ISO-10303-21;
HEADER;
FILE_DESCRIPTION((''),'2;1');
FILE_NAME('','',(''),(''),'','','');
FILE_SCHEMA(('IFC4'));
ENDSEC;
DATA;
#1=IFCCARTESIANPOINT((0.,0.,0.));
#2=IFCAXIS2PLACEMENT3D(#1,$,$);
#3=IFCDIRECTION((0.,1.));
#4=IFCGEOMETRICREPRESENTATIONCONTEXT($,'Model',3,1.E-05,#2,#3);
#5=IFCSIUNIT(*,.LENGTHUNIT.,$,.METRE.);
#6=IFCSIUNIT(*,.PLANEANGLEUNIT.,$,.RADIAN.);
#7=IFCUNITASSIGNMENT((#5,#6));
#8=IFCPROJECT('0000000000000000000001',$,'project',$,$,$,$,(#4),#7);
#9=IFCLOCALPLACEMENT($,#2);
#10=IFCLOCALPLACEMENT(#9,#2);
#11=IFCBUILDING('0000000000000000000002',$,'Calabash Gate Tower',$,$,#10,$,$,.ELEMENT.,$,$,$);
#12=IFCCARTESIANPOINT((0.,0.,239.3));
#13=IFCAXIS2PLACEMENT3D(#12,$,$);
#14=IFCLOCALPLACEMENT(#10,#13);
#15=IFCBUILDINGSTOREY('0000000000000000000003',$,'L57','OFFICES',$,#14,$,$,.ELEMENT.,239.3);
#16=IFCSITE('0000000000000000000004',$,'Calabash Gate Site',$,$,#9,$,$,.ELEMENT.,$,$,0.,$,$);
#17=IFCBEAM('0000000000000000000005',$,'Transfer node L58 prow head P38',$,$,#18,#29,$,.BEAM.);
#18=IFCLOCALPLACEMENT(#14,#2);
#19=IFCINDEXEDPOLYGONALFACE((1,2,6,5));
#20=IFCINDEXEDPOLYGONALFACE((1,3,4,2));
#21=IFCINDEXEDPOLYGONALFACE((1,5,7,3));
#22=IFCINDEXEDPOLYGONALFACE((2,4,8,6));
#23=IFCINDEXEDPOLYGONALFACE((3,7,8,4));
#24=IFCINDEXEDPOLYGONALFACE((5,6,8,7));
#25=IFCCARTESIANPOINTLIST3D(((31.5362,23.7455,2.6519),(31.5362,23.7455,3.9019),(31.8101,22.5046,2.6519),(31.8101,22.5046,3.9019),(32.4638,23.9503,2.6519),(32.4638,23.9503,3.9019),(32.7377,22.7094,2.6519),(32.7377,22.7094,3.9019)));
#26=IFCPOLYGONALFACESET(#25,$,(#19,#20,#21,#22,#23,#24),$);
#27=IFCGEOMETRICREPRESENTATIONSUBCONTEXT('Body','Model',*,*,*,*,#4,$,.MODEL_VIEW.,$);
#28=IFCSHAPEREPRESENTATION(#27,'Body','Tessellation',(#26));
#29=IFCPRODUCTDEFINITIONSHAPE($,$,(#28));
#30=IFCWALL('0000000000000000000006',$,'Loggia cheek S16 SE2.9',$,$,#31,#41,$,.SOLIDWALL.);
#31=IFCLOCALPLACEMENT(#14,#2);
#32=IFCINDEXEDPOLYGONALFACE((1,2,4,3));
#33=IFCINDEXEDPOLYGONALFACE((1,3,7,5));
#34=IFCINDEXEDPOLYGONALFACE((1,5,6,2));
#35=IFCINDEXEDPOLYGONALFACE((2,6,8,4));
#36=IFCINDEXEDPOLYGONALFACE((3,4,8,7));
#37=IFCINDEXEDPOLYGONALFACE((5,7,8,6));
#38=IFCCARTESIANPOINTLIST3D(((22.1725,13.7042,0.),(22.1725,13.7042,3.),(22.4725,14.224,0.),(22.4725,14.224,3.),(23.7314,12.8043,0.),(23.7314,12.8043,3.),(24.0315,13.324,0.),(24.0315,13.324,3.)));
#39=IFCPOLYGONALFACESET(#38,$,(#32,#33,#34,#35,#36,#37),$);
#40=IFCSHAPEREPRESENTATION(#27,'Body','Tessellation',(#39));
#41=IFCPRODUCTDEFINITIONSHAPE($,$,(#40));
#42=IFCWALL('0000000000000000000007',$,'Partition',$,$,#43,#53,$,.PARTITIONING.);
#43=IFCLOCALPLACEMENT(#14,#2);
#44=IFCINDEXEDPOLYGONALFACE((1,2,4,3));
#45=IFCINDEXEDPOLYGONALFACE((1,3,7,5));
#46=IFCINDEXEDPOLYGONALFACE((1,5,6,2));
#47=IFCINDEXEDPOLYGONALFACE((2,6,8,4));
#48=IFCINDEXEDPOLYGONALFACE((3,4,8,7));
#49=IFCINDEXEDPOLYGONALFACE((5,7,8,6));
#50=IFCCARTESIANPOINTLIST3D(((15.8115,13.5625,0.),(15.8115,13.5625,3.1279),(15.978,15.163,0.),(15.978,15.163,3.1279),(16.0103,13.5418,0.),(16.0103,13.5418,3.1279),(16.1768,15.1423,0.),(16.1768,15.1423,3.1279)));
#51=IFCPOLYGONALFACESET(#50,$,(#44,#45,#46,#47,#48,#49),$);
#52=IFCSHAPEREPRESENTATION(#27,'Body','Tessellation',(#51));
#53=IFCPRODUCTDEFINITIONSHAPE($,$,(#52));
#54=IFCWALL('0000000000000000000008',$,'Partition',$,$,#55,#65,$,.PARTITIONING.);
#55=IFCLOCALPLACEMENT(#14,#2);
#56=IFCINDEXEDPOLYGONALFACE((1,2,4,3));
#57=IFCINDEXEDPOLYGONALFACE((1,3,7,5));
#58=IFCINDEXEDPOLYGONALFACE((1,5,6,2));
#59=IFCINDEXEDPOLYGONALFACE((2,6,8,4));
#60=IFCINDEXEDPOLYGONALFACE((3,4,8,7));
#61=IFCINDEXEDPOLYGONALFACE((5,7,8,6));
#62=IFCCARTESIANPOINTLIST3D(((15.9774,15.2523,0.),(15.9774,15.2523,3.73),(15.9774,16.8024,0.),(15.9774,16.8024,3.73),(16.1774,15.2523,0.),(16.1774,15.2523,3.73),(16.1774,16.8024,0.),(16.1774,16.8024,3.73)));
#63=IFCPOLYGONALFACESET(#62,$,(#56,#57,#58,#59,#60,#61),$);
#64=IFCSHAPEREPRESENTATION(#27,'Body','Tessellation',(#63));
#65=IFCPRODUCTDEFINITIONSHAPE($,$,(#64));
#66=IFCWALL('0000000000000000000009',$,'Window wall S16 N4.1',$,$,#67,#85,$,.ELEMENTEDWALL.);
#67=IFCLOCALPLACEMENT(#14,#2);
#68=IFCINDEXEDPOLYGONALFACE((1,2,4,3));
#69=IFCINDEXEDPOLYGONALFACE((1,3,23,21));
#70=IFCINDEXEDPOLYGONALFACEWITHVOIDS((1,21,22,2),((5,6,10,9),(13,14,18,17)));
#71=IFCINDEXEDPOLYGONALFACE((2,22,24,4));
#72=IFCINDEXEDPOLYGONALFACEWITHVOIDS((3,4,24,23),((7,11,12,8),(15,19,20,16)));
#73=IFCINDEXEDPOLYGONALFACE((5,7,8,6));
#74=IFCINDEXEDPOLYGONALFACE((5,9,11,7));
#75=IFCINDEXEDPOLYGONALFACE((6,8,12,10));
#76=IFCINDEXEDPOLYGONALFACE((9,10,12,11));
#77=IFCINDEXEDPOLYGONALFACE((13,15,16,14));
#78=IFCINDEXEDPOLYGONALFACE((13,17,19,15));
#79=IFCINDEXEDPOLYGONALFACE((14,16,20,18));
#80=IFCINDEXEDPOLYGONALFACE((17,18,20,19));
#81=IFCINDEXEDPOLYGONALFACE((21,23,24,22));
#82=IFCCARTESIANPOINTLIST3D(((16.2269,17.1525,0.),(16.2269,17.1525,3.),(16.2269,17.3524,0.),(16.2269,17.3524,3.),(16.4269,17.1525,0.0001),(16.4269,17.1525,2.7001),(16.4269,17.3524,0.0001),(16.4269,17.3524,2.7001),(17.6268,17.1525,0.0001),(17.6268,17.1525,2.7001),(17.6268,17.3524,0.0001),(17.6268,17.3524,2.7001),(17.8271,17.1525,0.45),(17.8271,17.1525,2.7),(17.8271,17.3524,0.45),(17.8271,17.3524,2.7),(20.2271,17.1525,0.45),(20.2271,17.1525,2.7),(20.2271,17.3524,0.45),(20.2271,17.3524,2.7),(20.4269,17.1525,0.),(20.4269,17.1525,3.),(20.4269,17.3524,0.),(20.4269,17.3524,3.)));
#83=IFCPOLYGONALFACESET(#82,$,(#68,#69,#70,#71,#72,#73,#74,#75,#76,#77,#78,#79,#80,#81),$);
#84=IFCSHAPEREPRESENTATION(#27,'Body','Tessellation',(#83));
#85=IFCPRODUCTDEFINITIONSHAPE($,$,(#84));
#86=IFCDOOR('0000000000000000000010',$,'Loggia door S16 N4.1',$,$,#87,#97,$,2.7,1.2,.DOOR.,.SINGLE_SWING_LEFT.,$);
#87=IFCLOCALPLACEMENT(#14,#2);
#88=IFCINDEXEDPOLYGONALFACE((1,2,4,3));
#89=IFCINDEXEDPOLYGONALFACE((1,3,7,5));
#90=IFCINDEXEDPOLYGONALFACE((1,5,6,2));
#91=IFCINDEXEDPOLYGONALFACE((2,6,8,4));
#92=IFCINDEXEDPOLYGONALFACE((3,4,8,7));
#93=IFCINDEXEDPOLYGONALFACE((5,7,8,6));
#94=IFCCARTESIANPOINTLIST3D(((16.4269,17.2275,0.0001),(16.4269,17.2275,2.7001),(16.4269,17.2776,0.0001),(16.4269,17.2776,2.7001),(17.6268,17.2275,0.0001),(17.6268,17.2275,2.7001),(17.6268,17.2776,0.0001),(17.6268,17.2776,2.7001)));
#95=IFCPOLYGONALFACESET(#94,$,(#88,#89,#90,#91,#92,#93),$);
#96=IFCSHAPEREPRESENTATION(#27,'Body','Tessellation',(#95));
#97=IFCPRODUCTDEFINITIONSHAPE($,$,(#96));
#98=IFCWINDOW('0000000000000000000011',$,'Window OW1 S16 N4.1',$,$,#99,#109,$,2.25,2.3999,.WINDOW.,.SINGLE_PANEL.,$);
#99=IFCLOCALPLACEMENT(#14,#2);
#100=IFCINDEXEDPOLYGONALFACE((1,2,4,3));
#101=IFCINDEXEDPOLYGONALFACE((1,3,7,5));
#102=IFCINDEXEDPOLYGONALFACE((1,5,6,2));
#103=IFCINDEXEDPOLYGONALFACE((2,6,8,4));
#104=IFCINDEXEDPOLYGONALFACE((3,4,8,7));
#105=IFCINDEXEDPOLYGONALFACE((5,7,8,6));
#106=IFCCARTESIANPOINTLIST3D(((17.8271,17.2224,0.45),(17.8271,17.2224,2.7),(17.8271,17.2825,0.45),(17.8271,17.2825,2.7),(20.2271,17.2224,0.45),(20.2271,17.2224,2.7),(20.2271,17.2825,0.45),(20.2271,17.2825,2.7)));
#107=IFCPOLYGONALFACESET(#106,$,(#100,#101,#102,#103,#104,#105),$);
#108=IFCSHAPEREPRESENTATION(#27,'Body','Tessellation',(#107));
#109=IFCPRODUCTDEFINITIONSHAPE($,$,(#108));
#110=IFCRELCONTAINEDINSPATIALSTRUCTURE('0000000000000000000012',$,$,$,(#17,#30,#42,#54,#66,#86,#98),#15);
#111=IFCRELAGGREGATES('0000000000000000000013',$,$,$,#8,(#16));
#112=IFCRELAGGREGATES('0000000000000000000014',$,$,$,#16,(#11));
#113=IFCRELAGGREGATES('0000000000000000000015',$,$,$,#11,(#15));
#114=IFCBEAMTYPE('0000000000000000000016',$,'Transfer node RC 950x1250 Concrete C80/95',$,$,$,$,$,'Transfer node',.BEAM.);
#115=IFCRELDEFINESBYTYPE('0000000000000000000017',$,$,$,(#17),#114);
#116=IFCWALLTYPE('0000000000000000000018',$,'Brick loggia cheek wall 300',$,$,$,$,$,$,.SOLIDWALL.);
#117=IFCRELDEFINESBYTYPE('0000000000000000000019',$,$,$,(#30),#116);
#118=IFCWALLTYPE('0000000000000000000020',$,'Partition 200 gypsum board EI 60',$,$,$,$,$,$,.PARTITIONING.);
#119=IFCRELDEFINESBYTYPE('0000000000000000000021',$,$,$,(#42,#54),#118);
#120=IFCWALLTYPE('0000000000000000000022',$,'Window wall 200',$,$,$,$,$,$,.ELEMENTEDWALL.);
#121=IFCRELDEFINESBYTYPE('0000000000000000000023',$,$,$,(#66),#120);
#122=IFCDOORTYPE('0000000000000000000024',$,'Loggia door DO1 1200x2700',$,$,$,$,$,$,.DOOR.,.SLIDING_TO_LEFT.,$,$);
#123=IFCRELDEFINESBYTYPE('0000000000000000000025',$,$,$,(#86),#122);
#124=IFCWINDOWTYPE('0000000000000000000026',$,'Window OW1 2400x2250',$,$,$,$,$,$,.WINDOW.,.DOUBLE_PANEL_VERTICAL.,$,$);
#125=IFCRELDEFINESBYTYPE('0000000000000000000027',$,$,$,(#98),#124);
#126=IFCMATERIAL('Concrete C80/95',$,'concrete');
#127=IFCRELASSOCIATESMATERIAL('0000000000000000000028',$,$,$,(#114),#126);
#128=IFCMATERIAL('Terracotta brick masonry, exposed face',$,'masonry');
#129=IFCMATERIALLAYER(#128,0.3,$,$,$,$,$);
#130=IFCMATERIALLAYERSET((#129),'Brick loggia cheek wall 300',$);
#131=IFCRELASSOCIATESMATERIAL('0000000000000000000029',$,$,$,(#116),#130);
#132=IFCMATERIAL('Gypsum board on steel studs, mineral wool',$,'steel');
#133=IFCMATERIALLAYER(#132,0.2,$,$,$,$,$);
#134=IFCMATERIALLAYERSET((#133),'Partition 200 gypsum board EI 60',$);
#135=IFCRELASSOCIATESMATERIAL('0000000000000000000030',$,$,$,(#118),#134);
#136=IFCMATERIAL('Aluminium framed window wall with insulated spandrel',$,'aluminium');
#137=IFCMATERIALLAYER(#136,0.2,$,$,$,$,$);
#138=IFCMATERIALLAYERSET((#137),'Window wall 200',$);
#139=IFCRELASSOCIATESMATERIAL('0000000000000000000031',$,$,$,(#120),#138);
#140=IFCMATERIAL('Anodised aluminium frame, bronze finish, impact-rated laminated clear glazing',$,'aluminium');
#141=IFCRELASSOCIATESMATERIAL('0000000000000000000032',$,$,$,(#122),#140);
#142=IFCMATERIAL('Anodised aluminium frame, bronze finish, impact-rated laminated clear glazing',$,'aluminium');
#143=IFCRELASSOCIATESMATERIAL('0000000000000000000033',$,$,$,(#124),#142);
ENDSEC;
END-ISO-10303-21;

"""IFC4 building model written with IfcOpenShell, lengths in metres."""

from ifc_helpers import new_model, si_unit, direction, frame, frame_2d, origin, origin_2d, place, context, subcontext, project, spatial, rectangle, extrude, material, layer, layer_set, material_profile, profile_set, type_object, element, fill, save


model = new_model("IFC4")

# Units and contexts
model_context = context("Model", 3, precision=1e-05, world=origin(), true_north=direction((0.0, 1.0)))
body_context = subcontext(model_context, "Body", "Model", "MODEL_VIEW")
ifc_project = project(units=[si_unit("LENGTHUNIT", "METRE"), si_unit("PLANEANGLEUNIT", "RADIAN")], contexts=[model_context])

# Site, building, storey
site_placement = place(None, origin())
site = spatial("IfcSite", under=ifc_project, at=site_placement, Name="Calabash Gate Site", CompositionType="ELEMENT", RefElevation=0.0)
building_placement = place(site_placement, origin())
building = spatial("IfcBuilding", under=site, at=building_placement, Name="Calabash Gate Tower", CompositionType="ELEMENT")
storey_placement = place(building_placement, frame((0.0, 0.0, 239.3)))
storey = spatial("IfcBuildingStorey", under=building, at=storey_placement, Name="L57", Description="OFFICES", CompositionType="ELEMENT", Elevation=239.3)

# Beam
ifc_material_1 = material(Name="Concrete C80/95", Category="concrete")
ifc_material_profile_1 = material_profile(ifc_material_1, rectangle(XDim=0.95, YDim=1.25, at=origin_2d()))
ifc_profile_set_1 = profile_set([ifc_material_profile_1], Name="Concrete C80/95")
beam_type_1 = type_object("IfcBeamType", Name="Transfer node RC 950x1250 Concrete C80/95", ElementType="Transfer node", PredefinedType="BEAM", material=ifc_profile_set_1)
beam_1_placement = place(storey_placement, frame((32.0, 23.8479, 3.2769), z_axis=(0.215547, -0.976493, 0.0), x_axis=(0.976493, 0.215547, 0.0)))
element("IfcBeam", 1, at=beam_1_placement, inside=storey, type_object=beam_type_1, Name="Transfer node L58 prow head P38", PredefinedType="BEAM", context=body_context, shape_type="SweptSolid", body=[
    extrude(rectangle(XDim=0.95, YDim=1.25, at=origin_2d()), origin(), (0.0, 0.0, 1.0), 1.2708),
])

# Walls
ifc_material_2 = material(Name="Terracotta brick masonry, exposed face", Category="masonry")
ifc_layer_1 = layer(ifc_material_2, 0.3)
ifc_layer_set_1 = layer_set([ifc_layer_1], Name="Brick loggia cheek wall 300")
wall_type_1 = type_object("IfcWallType", Name="Brick loggia cheek wall 300", PredefinedType="SOLIDWALL", material=ifc_layer_set_1)
wall_1_placement = place(storey_placement, frame((23.8813, 13.0642, 0.0), z_axis=(0.0, 0.0, 1.0), x_axis=(-0.866048, 0.499961, 0.0)))
element("IfcWall", 2, at=wall_1_placement, inside=storey, type_object=wall_type_1, Name="Loggia cheek S16 SE2.9", PredefinedType="SOLIDWALL", context=body_context, shape_type="SweptSolid", body=[
    extrude(rectangle(XDim=1.8, YDim=0.6001, at=frame_2d((0.8999, 0.0))), origin(), (0.0, 0.0, 1.0), 3.0),
])
ifc_material_3 = material(Name="Gypsum board on steel studs, mineral wool", Category="steel")
ifc_layer_2 = layer(ifc_material_3, 0.2)
ifc_layer_set_2 = layer_set([ifc_layer_2], Name="Partition 200 gypsum board EI 60")
wall_type_2 = type_object("IfcWallType", Name="Partition 200 gypsum board EI 60", PredefinedType="PARTITIONING", material=ifc_layer_set_2)
wall_2_placement = place(storey_placement, frame((15.9109, 13.552, 0.0), z_axis=(0.0, 0.0, 1.0), x_axis=(0.103469, 0.994633, 0.0)))
element("IfcWall", 3, at=wall_2_placement, inside=storey, type_object=wall_type_2, Name="Partition", PredefinedType="PARTITIONING", context=body_context, shape_type="SweptSolid", body=[
    extrude(rectangle(XDim=1.6091, YDim=0.2, at=frame_2d((0.8047, 0.0))), origin(), (0.0, 0.0, 1.0), 3.1279),
])
wall_3_placement = place(storey_placement, frame((16.0774, 15.2524, 0.0), z_axis=(0.0, 0.0, 1.0), x_axis=(0.0, 1.0, 0.0)))
element("IfcWall", 4, at=wall_3_placement, inside=storey, type_object=wall_type_2, Name="Partition", PredefinedType="PARTITIONING", context=body_context, shape_type="SweptSolid", body=[
    extrude(rectangle(XDim=1.55, YDim=0.2, at=frame_2d((0.7749, 0.0))), origin(), (0.0, 0.0, 1.0), 3.73),
])

# Wall, openings, door, window
ifc_material_4 = material(Name="Aluminium framed window wall with insulated spandrel", Category="aluminium")
ifc_layer_3 = layer(ifc_material_4, 0.2)
ifc_layer_set_3 = layer_set([ifc_layer_3], Name="Window wall 200")
wall_type_3 = type_object("IfcWallType", Name="Window wall 200", PredefinedType="ELEMENTEDWALL", material=ifc_layer_set_3)
wall_4_placement = place(storey_placement, frame((20.427, 17.2524, 0.0), z_axis=(0.0, 0.0, 1.0), x_axis=(-1.0, 0.0, 0.0)))
wall_4 = element("IfcWall", 5, at=wall_4_placement, inside=storey, type_object=wall_type_3, Name="Window wall S16 N4.1", PredefinedType="ELEMENTEDWALL", context=body_context, shape_type="SweptSolid", body=[
    extrude(rectangle(XDim=4.2, YDim=0.2, at=frame_2d((2.1001, 0.0))), origin(), (0.0, 0.0, 1.0), 3.0),
])
opening_1_placement = place(wall_4_placement, frame((0.2, 0.0, 0.45)))
opening_1 = element("IfcOpeningElement", 6, at=opening_1_placement, cuts=wall_4, PredefinedType="OPENING", context=body_context, shape_type="SweptSolid", body=[
    extrude(rectangle(XDim=2.3999, YDim=2.25, at=frame_2d((1.2, 1.125))), frame((0.0, 0.1099, 0.0), z_axis=(0.0, -1.0, 0.0), x_axis=(1.0, 0.0, 0.0)), (0.0, 0.0, 1.0), 0.22),
])
opening_2_placement = place(wall_4_placement, frame((2.8, 0.0, 0.0)))
opening_2 = element("IfcOpeningElement", 7, at=opening_2_placement, cuts=wall_4, PredefinedType="OPENING", context=body_context, shape_type="SweptSolid", body=[
    extrude(rectangle(XDim=1.2, YDim=2.7, at=frame_2d((0.6001, 1.3501))), frame((0.0, 0.1099, 0.0), z_axis=(0.0, -1.0, 0.0), x_axis=(1.0, 0.0, 0.0)), (0.0, 0.0, 1.0), 0.22),
])
ifc_material_5 = material(Name="Anodised aluminium frame, bronze finish, impact-rated laminated clear glazing", Category="aluminium")
door_type = type_object("IfcDoorType", Name="Loggia door DO1 1200x2700", OperationType="SLIDING_TO_LEFT", PredefinedType="DOOR", material=ifc_material_5)
door_placement = place(opening_2_placement, origin())
door = element("IfcDoor", 8, at=door_placement, inside=storey, type_object=door_type, Name="Loggia door S16 N4.1", OperationType="SINGLE_SWING_LEFT", OverallHeight=2.7, OverallWidth=1.2, PredefinedType="DOOR", context=body_context, shape_type="SweptSolid", body=[
    extrude(rectangle(XDim=1.2, YDim=2.7, at=frame_2d((0.6001, 1.3501))), frame((0.0, 0.0249, 0.0), z_axis=(0.0, -1.0, 0.0), x_axis=(1.0, 0.0, 0.0)), (0.0, 0.0, 1.0), 0.05),
])
fill(opening_2, door)
ifc_material_6 = material(Name="Anodised aluminium frame, bronze finish, impact-rated laminated clear glazing", Category="aluminium")
window_type = type_object("IfcWindowType", Name="Window OW1 2400x2250", PartitioningType="DOUBLE_PANEL_VERTICAL", PredefinedType="WINDOW", material=ifc_material_6)
window_placement = place(opening_1_placement, origin())
window = element("IfcWindow", 9, at=window_placement, inside=storey, type_object=window_type, Name="Window OW1 S16 N4.1", OverallHeight=2.25, OverallWidth=2.3999, PartitioningType="SINGLE_PANEL", PredefinedType="WINDOW", context=body_context, shape_type="SweptSolid", body=[
    extrude(rectangle(XDim=2.3999, YDim=2.25, at=frame_2d((1.2, 1.125))), frame((0.0, 0.03, 0.0), z_axis=(0.0, -1.0, 0.0), x_axis=(1.0, 0.0, 0.0)), (0.0, 0.0, 1.0), 0.0601),
])
fill(opening_1, window)

save(model, "model.ifc")
